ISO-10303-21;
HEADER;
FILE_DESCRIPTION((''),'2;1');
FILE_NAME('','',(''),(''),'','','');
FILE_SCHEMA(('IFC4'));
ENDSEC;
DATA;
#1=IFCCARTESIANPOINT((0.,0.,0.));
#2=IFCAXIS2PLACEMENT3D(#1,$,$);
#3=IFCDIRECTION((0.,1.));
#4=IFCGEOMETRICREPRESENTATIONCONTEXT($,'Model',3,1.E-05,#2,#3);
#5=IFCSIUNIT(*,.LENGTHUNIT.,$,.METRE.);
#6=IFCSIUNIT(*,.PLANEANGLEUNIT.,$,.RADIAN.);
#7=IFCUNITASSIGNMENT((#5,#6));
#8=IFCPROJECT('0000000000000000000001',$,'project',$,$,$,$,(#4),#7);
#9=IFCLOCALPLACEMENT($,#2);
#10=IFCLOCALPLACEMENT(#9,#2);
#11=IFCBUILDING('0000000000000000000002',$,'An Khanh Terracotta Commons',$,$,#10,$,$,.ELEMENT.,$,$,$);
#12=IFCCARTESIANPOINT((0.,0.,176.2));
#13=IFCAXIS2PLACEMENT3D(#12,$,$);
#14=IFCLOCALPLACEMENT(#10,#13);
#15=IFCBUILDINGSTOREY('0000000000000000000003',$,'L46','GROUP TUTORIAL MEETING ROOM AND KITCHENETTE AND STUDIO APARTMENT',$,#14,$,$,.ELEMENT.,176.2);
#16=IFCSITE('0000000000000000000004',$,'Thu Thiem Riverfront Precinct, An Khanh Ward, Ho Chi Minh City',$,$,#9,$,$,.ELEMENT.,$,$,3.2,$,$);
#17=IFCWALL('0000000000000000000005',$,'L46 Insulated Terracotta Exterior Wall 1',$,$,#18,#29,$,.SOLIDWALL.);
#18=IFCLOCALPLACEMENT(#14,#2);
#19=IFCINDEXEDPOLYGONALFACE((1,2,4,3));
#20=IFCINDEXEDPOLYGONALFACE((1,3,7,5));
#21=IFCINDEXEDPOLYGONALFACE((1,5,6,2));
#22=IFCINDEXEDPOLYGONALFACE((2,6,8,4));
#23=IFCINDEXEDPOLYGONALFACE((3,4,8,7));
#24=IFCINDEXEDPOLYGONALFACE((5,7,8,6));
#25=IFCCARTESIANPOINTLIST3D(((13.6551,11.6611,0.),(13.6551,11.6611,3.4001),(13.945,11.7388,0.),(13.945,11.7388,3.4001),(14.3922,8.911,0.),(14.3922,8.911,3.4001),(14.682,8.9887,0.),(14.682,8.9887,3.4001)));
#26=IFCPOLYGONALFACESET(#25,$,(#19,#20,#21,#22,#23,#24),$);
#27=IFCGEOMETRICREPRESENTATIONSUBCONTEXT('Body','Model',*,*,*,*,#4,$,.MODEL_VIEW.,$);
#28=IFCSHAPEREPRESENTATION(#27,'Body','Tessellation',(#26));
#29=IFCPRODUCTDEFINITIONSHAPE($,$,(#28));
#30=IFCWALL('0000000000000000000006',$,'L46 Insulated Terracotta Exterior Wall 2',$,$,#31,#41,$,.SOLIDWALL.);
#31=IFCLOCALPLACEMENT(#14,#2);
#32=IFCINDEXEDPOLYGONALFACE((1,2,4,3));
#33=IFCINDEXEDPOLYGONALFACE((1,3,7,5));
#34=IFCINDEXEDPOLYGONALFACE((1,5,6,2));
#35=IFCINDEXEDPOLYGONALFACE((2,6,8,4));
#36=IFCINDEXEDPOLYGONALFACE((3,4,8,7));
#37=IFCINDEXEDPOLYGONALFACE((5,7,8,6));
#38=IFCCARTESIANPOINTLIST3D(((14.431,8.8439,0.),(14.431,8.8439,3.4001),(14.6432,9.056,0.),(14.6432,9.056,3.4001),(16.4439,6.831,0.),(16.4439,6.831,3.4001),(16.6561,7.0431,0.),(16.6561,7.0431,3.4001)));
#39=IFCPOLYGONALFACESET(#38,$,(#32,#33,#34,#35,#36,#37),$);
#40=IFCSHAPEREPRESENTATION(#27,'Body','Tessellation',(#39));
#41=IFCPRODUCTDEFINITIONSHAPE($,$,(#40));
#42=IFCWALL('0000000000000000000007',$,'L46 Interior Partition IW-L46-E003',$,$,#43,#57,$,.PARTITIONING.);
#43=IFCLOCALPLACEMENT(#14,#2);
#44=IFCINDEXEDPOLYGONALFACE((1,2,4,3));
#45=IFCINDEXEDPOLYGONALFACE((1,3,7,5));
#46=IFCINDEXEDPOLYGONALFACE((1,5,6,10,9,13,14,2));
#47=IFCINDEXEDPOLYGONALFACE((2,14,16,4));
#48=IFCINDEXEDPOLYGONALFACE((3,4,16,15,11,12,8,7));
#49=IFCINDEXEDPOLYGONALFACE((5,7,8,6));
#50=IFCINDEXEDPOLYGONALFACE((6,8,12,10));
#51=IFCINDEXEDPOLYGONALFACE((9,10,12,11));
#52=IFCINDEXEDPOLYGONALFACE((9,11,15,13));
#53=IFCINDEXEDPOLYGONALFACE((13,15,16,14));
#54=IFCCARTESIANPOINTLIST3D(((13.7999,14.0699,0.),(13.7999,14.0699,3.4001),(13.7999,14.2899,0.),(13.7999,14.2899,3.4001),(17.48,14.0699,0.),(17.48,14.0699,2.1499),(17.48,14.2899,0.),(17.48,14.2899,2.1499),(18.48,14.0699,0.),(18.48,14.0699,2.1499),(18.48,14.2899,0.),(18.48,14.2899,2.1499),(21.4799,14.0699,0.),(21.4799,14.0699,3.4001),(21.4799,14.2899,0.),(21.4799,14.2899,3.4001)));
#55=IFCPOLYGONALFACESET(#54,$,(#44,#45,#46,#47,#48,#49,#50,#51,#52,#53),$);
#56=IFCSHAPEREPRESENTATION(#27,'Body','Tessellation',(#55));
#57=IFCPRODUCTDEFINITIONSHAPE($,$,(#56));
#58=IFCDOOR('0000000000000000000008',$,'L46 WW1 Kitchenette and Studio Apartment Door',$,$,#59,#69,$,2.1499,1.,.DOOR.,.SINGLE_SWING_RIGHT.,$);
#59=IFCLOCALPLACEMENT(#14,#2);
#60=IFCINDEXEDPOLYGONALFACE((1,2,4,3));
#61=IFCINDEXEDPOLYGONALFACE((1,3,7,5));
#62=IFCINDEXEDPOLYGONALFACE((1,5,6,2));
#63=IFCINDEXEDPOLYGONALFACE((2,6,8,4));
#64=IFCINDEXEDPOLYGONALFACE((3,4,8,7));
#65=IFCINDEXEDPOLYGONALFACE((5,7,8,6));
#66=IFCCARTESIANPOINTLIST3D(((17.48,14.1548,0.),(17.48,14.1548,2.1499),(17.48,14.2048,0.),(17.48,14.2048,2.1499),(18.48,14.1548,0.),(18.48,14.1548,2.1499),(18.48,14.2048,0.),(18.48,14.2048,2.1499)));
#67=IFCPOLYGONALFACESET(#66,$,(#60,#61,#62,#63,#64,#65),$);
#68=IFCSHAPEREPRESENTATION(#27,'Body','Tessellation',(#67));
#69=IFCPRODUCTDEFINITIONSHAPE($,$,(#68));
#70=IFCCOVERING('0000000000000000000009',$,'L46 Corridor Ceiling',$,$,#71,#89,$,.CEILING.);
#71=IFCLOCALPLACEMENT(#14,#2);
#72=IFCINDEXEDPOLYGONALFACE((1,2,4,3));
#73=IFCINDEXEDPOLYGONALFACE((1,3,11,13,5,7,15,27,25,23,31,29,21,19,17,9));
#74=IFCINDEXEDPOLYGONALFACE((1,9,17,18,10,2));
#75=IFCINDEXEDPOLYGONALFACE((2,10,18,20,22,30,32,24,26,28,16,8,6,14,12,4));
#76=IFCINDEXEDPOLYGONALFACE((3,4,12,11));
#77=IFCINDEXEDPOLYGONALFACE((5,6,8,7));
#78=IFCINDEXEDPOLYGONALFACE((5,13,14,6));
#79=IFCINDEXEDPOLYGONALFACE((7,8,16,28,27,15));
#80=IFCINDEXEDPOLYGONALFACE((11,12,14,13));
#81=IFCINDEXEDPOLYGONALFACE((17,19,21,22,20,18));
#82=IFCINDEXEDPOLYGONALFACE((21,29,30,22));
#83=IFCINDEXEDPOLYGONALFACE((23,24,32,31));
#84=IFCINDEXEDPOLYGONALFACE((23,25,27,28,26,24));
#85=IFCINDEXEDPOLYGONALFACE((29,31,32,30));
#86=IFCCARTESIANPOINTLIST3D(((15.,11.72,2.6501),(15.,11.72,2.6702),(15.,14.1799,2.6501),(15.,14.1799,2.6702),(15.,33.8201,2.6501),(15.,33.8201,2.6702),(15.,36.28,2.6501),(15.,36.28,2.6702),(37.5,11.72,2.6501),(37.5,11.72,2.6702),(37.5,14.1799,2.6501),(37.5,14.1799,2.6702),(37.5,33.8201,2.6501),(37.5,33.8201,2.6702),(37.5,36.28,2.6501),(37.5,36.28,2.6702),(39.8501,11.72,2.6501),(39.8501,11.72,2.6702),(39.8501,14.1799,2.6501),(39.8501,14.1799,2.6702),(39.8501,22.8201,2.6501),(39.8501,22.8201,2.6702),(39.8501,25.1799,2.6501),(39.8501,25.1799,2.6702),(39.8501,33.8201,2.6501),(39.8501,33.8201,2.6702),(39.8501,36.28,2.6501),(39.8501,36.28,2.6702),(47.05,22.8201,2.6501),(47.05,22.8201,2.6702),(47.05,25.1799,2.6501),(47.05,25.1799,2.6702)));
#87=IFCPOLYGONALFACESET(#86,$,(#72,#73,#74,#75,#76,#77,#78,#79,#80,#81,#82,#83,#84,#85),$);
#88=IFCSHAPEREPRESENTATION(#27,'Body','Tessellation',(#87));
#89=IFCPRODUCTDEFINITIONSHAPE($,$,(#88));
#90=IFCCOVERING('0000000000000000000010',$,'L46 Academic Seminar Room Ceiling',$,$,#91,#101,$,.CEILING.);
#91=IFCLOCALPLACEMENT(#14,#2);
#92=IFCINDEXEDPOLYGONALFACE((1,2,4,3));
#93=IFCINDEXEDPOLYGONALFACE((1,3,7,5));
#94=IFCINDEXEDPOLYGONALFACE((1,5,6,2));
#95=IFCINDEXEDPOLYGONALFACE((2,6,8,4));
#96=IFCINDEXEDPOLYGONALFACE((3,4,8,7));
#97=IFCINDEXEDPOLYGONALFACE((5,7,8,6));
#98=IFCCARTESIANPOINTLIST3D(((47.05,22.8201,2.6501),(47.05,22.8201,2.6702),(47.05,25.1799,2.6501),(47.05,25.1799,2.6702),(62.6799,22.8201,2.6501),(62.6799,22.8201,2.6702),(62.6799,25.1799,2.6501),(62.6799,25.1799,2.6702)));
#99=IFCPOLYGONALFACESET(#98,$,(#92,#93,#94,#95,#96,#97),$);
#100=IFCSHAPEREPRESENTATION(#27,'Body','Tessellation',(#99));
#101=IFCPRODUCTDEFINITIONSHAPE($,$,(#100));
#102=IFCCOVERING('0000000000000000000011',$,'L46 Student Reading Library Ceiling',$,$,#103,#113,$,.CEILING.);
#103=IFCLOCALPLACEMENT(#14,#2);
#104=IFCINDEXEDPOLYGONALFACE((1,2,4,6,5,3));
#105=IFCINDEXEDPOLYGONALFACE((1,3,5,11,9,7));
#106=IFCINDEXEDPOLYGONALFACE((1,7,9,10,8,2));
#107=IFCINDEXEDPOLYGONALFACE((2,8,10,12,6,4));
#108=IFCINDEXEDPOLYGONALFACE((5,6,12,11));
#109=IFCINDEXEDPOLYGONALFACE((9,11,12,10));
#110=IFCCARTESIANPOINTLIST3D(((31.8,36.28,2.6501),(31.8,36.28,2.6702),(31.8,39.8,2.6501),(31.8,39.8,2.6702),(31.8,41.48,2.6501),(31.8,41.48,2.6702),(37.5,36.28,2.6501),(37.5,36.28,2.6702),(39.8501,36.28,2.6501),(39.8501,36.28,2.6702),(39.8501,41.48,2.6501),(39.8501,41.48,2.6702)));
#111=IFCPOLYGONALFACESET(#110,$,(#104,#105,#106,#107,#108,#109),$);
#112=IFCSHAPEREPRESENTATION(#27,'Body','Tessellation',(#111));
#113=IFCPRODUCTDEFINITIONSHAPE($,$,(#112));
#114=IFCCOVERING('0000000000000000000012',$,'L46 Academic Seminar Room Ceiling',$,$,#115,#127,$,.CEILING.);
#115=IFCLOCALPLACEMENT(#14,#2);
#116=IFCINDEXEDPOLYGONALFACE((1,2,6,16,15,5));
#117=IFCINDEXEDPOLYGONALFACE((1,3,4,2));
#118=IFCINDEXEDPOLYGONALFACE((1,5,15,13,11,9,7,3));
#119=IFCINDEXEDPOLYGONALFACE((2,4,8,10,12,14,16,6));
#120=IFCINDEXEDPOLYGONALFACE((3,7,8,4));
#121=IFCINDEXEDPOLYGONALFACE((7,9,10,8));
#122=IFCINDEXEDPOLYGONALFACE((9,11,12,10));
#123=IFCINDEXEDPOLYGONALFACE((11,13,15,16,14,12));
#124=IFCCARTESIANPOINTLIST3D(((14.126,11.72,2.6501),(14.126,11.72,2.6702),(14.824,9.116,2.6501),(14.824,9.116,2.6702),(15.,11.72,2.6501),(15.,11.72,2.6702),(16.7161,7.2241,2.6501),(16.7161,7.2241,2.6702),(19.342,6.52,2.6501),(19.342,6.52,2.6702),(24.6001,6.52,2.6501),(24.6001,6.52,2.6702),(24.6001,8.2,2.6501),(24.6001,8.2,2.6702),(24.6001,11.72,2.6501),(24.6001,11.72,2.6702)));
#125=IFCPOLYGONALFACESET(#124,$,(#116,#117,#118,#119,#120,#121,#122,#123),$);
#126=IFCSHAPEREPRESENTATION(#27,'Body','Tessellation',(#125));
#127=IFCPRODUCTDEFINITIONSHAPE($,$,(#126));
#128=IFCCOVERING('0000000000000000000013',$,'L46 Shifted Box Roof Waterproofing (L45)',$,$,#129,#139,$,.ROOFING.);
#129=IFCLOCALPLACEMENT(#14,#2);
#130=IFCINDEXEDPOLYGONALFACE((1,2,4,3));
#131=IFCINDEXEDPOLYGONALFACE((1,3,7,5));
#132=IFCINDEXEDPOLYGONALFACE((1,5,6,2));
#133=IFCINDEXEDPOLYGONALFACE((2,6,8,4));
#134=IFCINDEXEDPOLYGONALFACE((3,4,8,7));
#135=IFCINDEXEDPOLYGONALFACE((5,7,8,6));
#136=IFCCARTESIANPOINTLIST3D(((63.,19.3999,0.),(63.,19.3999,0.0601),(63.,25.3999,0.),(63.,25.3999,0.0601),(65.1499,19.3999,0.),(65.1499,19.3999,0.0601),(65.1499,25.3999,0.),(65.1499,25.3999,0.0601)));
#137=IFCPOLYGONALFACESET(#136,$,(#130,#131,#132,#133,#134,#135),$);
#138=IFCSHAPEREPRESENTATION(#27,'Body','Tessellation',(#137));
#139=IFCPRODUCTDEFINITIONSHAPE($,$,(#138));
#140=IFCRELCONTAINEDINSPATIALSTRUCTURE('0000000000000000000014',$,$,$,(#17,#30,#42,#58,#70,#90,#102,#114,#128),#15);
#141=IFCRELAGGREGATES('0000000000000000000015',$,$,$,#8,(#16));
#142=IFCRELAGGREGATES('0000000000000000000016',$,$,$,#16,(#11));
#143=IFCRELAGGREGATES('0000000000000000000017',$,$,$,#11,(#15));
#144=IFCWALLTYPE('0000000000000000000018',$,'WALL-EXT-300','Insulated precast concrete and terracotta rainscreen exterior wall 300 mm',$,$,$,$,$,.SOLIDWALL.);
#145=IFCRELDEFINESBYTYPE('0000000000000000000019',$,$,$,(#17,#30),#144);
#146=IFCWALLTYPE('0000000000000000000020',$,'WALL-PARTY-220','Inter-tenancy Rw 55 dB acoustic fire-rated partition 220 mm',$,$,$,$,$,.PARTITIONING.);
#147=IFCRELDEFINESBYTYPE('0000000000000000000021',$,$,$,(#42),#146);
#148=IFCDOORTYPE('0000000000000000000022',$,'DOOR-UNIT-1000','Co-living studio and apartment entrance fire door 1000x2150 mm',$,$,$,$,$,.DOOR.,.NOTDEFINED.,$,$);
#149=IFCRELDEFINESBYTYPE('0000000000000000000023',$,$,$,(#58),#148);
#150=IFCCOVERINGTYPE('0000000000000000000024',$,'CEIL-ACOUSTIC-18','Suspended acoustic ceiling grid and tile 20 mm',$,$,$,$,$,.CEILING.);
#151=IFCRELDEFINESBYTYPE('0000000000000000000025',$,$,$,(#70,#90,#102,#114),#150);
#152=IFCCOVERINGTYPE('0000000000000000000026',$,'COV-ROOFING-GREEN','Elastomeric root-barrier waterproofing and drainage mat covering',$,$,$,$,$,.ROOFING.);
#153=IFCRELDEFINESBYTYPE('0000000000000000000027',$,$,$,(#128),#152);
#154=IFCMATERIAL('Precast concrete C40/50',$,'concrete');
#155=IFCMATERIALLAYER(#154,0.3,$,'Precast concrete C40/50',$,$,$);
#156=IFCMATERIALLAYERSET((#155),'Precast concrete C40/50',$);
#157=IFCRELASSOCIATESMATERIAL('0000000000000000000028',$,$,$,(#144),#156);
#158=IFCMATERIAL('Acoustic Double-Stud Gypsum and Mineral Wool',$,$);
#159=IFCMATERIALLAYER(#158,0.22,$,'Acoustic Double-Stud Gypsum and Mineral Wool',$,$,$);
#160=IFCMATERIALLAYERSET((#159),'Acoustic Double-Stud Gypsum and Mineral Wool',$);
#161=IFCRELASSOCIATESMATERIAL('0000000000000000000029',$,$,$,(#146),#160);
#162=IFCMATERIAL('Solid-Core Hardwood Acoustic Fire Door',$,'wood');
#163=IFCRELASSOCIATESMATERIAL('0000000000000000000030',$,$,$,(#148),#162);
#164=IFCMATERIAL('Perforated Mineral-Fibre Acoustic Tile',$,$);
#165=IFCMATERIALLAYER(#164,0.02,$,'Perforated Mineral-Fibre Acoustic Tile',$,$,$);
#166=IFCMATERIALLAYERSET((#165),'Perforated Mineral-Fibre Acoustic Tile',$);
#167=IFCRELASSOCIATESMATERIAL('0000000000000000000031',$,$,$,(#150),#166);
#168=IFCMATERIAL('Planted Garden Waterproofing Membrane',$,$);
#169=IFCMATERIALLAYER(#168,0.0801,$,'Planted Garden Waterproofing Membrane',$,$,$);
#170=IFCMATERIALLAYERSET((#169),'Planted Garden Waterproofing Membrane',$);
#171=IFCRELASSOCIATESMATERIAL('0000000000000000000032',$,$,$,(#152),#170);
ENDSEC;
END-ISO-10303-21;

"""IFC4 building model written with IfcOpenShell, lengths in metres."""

from ifc_helpers import new_model, si_unit, direction, frame, frame_2d, origin, place, context, subcontext, project, spatial, polyline, rectangle, outline, extrude, material, layer, layer_set, type_object, element, fill, save


model = new_model("IFC4")

# Units and contexts
model_context = context("Model", 3, precision=1e-05, world=origin(), true_north=direction((0.0, 1.0)))
body_context = subcontext(model_context, "Body", "Model", "MODEL_VIEW")
ifc_project = project(units=[si_unit("LENGTHUNIT", "METRE"), si_unit("PLANEANGLEUNIT", "RADIAN")], contexts=[model_context])

# Site, building, storey
site_placement = place(None, origin())
site = spatial("IfcSite", under=ifc_project, at=site_placement, Name="Thu Thiem Riverfront Precinct, An Khanh Ward, Ho Chi Minh City", CompositionType="ELEMENT", RefElevation=3.2)
building_placement = place(site_placement, origin())
building = spatial("IfcBuilding", under=site, at=building_placement, Name="An Khanh Terracotta Commons", CompositionType="ELEMENT")
storey_placement = place(building_placement, frame((0.0, 0.0, 176.2)))
storey = spatial("IfcBuildingStorey", under=building, at=storey_placement, Name="L46", Description="GROUP TUTORIAL MEETING ROOM AND KITCHENETTE AND STUDIO APARTMENT", CompositionType="ELEMENT", Elevation=176.2)

# Shared definitions
ifc_material_1 = material(Name="Precast concrete C40/50", Category="concrete")

# Walls
ifc_layer_1 = layer(ifc_material_1, 0.3, Name="Precast concrete C40/50")
ifc_layer_set_1 = layer_set([ifc_layer_1], Name="Precast concrete C40/50")
wall_type_1 = type_object("IfcWallType", Name="WALL-EXT-300", Description="Insulated precast concrete and terracotta rainscreen exterior wall 300 mm", PredefinedType="SOLIDWALL", material=ifc_layer_set_1)
wall_1_placement = place(storey_placement, frame((13.8, 11.7, 0.0), z_axis=(0.0, 0.0, 1.0), x_axis=(0.258885, -0.965908, 0.0)))
element("IfcWall", 1, at=wall_1_placement, inside=storey, type_object=wall_type_1, Name="L46 Insulated Terracotta Exterior Wall 1", PredefinedType="SOLIDWALL", context=body_context, shape_type="SweptSolid", body=[
    extrude(rectangle(XDim=2.8472, YDim=0.3, at=frame_2d((1.4236, 0.0))), origin(), (0.0, 0.0, 1.0), 3.4001),
])
wall_2_placement = place(storey_placement, frame((14.5371, 8.95, 0.0), z_axis=(0.0, 0.0, 1.0), x_axis=(0.707107, -0.707107, 0.0)))
element("IfcWall", 2, at=wall_2_placement, inside=storey, type_object=wall_type_1, Name="L46 Insulated Terracotta Exterior Wall 2", PredefinedType="SOLIDWALL", context=body_context, shape_type="SweptSolid", body=[
    extrude(rectangle(XDim=2.8467, YDim=0.3, at=frame_2d((1.4233, 0.0))), origin(), (0.0, 0.0, 1.0), 3.4001),
])

# Wall, opening, door
ifc_material_2 = material(Name="Acoustic Double-Stud Gypsum and Mineral Wool")
ifc_layer_2 = layer(ifc_material_2, 0.22, Name="Acoustic Double-Stud Gypsum and Mineral Wool")
ifc_layer_set_2 = layer_set([ifc_layer_2], Name="Acoustic Double-Stud Gypsum and Mineral Wool")
wall_type_2 = type_object("IfcWallType", Name="WALL-PARTY-220", Description="Inter-tenancy Rw 55 dB acoustic fire-rated partition 220 mm", PredefinedType="PARTITIONING", material=ifc_layer_set_2)
wall_3_placement = place(storey_placement, frame((13.8, 14.1799, 0.0), z_axis=(0.0, 0.0, 1.0), x_axis=(1.0, 0.0, 0.0)))
wall_3 = element("IfcWall", 3, at=wall_3_placement, inside=storey, type_object=wall_type_2, Name="L46 Interior Partition IW-L46-E003", PredefinedType="PARTITIONING", context=body_context, shape_type="SweptSolid", body=[
    extrude(rectangle(XDim=7.6799, YDim=0.22, at=frame_2d((3.8398, 0.0))), origin(), (0.0, 0.0, 1.0), 3.4001),
])
opening_1_placement = place(wall_3_placement, frame((3.6799, 0.0, 0.0)))
opening_1 = element("IfcOpeningElement", 4, at=opening_1_placement, cuts=wall_3, PredefinedType="OPENING", context=body_context, shape_type="SweptSolid", body=[
    extrude(rectangle(XDim=1.0, YDim=2.1499, at=frame_2d((0.5, 1.075))), frame((0.0, 0.1199, 0.0), z_axis=(0.0, -1.0, 0.0), x_axis=(1.0, 0.0, 0.0)), (0.0, 0.0, 1.0), 0.24),
])
ifc_material_3 = material(Name="Solid-Core Hardwood Acoustic Fire Door", Category="wood")
door_type_1 = type_object("IfcDoorType", Name="DOOR-UNIT-1000", Description="Co-living studio and apartment entrance fire door 1000x2150 mm", OperationType="NOTDEFINED", PredefinedType="DOOR", material=ifc_material_3)
door_1_placement = place(opening_1_placement, origin())
door_1 = element("IfcDoor", 5, at=door_1_placement, inside=storey, type_object=door_type_1, Name="L46 WW1 Kitchenette and Studio Apartment Door", OperationType="SINGLE_SWING_RIGHT", OverallHeight=2.1499, OverallWidth=1.0, PredefinedType="DOOR", context=body_context, shape_type="SweptSolid", body=[
    extrude(rectangle(XDim=1.0, YDim=2.1499, at=frame_2d((0.5, 1.075))), frame((0.0, 0.0249, 0.0), z_axis=(0.0, -1.0, 0.0), x_axis=(1.0, 0.0, 0.0)), (0.0, 0.0, 1.0), 0.05),
])
fill(opening_1, door_1)

# Coverings
ifc_material_4 = material(Name="Perforated Mineral-Fibre Acoustic Tile")
ifc_layer_3 = layer(ifc_material_4, 0.02, Name="Perforated Mineral-Fibre Acoustic Tile")
ifc_layer_set_3 = layer_set([ifc_layer_3], Name="Perforated Mineral-Fibre Acoustic Tile")
covering_type_1 = type_object("IfcCoveringType", Name="CEIL-ACOUSTIC-18", Description="Suspended acoustic ceiling grid and tile 20 mm", PredefinedType="CEILING", material=ifc_layer_set_3)
covering_1_placement = place(storey_placement, frame((0.0, 0.0, 2.6501)))
element("IfcCovering", 6, at=covering_1_placement, inside=storey, type_object=covering_type_1, Name="L46 Corridor Ceiling", PredefinedType="CEILING", context=body_context, shape_type="SweptSolid", body=[
    extrude(outline(polyline([(15.0, 11.72), (15.0, 14.1799), (37.5, 14.1799), (37.5, 33.8201), (15.0, 33.8201), (15.0, 36.28), (37.5, 36.28), (39.8501, 36.28), (39.8501, 33.8201), (39.8501, 25.1799), (47.05, 25.1799), (47.05, 22.8201), (39.8501, 22.8201), (39.8501, 14.1799), (39.8501, 11.72), (37.5, 11.72), (15.0, 11.72)])), origin(), (0.0, 0.0, 1.0), 0.02),
])
covering_2_placement = place(storey_placement, frame((0.0, 0.0, 2.6501)))
element("IfcCovering", 7, at=covering_2_placement, inside=storey, type_object=covering_type_1, Name="L46 Academic Seminar Room Ceiling", PredefinedType="CEILING", context=body_context, shape_type="SweptSolid", body=[
    extrude(outline(polyline([(62.6799, 22.8201), (47.05, 22.8201), (47.05, 25.1799), (62.6799, 25.1799), (62.6799, 22.8201)])), origin(), (0.0, 0.0, 1.0), 0.02),
])
covering_3_placement = place(storey_placement, frame((0.0, 0.0, 2.6501)))
element("IfcCovering", 8, at=covering_3_placement, inside=storey, type_object=covering_type_1, Name="L46 Student Reading Library Ceiling", PredefinedType="CEILING", context=body_context, shape_type="SweptSolid", body=[
    extrude(outline(polyline([(39.8501, 41.48), (39.8501, 36.28), (37.5, 36.28), (31.8, 36.28), (31.8, 39.8), (31.8, 41.48), (39.8501, 41.48)])), origin(), (0.0, 0.0, 1.0), 0.02),
])
covering_4_placement = place(storey_placement, frame((0.0, 0.0, 2.6501)))
element("IfcCovering", 9, at=covering_4_placement, inside=storey, type_object=covering_type_1, Name="L46 Academic Seminar Room Ceiling", PredefinedType="CEILING", context=body_context, shape_type="SweptSolid", body=[
    extrude(outline(polyline([(19.342, 6.52), (16.7161, 7.2241), (14.824, 9.116), (14.126, 11.72), (15.0, 11.72), (24.6001, 11.72), (24.6001, 8.2), (24.6001, 6.52), (19.342, 6.52)])), origin(), (0.0, 0.0, 1.0), 0.02),
])
ifc_material_5 = material(Name="Planted Garden Waterproofing Membrane")
ifc_layer_4 = layer(ifc_material_5, 0.0801, Name="Planted Garden Waterproofing Membrane")
ifc_layer_set_4 = layer_set([ifc_layer_4], Name="Planted Garden Waterproofing Membrane")
covering_type_2 = type_object("IfcCoveringType", Name="COV-ROOFING-GREEN", Description="Elastomeric root-barrier waterproofing and drainage mat covering", PredefinedType="ROOFING", material=ifc_layer_set_4)
covering_5_placement = place(storey_placement, origin())
element("IfcCovering", 10, at=covering_5_placement, inside=storey, type_object=covering_type_2, Name="L46 Shifted Box Roof Waterproofing (L45)", PredefinedType="ROOFING", context=body_context, shape_type="SweptSolid", body=[
    extrude(outline(polyline([(63.0, 19.3999), (65.1499, 19.3999), (65.1499, 25.3999), (63.0, 25.3999), (63.0, 19.3999)])), origin(), (0.0, 0.0, 1.0), 0.0601),
])

save(model, "model.ifc")
